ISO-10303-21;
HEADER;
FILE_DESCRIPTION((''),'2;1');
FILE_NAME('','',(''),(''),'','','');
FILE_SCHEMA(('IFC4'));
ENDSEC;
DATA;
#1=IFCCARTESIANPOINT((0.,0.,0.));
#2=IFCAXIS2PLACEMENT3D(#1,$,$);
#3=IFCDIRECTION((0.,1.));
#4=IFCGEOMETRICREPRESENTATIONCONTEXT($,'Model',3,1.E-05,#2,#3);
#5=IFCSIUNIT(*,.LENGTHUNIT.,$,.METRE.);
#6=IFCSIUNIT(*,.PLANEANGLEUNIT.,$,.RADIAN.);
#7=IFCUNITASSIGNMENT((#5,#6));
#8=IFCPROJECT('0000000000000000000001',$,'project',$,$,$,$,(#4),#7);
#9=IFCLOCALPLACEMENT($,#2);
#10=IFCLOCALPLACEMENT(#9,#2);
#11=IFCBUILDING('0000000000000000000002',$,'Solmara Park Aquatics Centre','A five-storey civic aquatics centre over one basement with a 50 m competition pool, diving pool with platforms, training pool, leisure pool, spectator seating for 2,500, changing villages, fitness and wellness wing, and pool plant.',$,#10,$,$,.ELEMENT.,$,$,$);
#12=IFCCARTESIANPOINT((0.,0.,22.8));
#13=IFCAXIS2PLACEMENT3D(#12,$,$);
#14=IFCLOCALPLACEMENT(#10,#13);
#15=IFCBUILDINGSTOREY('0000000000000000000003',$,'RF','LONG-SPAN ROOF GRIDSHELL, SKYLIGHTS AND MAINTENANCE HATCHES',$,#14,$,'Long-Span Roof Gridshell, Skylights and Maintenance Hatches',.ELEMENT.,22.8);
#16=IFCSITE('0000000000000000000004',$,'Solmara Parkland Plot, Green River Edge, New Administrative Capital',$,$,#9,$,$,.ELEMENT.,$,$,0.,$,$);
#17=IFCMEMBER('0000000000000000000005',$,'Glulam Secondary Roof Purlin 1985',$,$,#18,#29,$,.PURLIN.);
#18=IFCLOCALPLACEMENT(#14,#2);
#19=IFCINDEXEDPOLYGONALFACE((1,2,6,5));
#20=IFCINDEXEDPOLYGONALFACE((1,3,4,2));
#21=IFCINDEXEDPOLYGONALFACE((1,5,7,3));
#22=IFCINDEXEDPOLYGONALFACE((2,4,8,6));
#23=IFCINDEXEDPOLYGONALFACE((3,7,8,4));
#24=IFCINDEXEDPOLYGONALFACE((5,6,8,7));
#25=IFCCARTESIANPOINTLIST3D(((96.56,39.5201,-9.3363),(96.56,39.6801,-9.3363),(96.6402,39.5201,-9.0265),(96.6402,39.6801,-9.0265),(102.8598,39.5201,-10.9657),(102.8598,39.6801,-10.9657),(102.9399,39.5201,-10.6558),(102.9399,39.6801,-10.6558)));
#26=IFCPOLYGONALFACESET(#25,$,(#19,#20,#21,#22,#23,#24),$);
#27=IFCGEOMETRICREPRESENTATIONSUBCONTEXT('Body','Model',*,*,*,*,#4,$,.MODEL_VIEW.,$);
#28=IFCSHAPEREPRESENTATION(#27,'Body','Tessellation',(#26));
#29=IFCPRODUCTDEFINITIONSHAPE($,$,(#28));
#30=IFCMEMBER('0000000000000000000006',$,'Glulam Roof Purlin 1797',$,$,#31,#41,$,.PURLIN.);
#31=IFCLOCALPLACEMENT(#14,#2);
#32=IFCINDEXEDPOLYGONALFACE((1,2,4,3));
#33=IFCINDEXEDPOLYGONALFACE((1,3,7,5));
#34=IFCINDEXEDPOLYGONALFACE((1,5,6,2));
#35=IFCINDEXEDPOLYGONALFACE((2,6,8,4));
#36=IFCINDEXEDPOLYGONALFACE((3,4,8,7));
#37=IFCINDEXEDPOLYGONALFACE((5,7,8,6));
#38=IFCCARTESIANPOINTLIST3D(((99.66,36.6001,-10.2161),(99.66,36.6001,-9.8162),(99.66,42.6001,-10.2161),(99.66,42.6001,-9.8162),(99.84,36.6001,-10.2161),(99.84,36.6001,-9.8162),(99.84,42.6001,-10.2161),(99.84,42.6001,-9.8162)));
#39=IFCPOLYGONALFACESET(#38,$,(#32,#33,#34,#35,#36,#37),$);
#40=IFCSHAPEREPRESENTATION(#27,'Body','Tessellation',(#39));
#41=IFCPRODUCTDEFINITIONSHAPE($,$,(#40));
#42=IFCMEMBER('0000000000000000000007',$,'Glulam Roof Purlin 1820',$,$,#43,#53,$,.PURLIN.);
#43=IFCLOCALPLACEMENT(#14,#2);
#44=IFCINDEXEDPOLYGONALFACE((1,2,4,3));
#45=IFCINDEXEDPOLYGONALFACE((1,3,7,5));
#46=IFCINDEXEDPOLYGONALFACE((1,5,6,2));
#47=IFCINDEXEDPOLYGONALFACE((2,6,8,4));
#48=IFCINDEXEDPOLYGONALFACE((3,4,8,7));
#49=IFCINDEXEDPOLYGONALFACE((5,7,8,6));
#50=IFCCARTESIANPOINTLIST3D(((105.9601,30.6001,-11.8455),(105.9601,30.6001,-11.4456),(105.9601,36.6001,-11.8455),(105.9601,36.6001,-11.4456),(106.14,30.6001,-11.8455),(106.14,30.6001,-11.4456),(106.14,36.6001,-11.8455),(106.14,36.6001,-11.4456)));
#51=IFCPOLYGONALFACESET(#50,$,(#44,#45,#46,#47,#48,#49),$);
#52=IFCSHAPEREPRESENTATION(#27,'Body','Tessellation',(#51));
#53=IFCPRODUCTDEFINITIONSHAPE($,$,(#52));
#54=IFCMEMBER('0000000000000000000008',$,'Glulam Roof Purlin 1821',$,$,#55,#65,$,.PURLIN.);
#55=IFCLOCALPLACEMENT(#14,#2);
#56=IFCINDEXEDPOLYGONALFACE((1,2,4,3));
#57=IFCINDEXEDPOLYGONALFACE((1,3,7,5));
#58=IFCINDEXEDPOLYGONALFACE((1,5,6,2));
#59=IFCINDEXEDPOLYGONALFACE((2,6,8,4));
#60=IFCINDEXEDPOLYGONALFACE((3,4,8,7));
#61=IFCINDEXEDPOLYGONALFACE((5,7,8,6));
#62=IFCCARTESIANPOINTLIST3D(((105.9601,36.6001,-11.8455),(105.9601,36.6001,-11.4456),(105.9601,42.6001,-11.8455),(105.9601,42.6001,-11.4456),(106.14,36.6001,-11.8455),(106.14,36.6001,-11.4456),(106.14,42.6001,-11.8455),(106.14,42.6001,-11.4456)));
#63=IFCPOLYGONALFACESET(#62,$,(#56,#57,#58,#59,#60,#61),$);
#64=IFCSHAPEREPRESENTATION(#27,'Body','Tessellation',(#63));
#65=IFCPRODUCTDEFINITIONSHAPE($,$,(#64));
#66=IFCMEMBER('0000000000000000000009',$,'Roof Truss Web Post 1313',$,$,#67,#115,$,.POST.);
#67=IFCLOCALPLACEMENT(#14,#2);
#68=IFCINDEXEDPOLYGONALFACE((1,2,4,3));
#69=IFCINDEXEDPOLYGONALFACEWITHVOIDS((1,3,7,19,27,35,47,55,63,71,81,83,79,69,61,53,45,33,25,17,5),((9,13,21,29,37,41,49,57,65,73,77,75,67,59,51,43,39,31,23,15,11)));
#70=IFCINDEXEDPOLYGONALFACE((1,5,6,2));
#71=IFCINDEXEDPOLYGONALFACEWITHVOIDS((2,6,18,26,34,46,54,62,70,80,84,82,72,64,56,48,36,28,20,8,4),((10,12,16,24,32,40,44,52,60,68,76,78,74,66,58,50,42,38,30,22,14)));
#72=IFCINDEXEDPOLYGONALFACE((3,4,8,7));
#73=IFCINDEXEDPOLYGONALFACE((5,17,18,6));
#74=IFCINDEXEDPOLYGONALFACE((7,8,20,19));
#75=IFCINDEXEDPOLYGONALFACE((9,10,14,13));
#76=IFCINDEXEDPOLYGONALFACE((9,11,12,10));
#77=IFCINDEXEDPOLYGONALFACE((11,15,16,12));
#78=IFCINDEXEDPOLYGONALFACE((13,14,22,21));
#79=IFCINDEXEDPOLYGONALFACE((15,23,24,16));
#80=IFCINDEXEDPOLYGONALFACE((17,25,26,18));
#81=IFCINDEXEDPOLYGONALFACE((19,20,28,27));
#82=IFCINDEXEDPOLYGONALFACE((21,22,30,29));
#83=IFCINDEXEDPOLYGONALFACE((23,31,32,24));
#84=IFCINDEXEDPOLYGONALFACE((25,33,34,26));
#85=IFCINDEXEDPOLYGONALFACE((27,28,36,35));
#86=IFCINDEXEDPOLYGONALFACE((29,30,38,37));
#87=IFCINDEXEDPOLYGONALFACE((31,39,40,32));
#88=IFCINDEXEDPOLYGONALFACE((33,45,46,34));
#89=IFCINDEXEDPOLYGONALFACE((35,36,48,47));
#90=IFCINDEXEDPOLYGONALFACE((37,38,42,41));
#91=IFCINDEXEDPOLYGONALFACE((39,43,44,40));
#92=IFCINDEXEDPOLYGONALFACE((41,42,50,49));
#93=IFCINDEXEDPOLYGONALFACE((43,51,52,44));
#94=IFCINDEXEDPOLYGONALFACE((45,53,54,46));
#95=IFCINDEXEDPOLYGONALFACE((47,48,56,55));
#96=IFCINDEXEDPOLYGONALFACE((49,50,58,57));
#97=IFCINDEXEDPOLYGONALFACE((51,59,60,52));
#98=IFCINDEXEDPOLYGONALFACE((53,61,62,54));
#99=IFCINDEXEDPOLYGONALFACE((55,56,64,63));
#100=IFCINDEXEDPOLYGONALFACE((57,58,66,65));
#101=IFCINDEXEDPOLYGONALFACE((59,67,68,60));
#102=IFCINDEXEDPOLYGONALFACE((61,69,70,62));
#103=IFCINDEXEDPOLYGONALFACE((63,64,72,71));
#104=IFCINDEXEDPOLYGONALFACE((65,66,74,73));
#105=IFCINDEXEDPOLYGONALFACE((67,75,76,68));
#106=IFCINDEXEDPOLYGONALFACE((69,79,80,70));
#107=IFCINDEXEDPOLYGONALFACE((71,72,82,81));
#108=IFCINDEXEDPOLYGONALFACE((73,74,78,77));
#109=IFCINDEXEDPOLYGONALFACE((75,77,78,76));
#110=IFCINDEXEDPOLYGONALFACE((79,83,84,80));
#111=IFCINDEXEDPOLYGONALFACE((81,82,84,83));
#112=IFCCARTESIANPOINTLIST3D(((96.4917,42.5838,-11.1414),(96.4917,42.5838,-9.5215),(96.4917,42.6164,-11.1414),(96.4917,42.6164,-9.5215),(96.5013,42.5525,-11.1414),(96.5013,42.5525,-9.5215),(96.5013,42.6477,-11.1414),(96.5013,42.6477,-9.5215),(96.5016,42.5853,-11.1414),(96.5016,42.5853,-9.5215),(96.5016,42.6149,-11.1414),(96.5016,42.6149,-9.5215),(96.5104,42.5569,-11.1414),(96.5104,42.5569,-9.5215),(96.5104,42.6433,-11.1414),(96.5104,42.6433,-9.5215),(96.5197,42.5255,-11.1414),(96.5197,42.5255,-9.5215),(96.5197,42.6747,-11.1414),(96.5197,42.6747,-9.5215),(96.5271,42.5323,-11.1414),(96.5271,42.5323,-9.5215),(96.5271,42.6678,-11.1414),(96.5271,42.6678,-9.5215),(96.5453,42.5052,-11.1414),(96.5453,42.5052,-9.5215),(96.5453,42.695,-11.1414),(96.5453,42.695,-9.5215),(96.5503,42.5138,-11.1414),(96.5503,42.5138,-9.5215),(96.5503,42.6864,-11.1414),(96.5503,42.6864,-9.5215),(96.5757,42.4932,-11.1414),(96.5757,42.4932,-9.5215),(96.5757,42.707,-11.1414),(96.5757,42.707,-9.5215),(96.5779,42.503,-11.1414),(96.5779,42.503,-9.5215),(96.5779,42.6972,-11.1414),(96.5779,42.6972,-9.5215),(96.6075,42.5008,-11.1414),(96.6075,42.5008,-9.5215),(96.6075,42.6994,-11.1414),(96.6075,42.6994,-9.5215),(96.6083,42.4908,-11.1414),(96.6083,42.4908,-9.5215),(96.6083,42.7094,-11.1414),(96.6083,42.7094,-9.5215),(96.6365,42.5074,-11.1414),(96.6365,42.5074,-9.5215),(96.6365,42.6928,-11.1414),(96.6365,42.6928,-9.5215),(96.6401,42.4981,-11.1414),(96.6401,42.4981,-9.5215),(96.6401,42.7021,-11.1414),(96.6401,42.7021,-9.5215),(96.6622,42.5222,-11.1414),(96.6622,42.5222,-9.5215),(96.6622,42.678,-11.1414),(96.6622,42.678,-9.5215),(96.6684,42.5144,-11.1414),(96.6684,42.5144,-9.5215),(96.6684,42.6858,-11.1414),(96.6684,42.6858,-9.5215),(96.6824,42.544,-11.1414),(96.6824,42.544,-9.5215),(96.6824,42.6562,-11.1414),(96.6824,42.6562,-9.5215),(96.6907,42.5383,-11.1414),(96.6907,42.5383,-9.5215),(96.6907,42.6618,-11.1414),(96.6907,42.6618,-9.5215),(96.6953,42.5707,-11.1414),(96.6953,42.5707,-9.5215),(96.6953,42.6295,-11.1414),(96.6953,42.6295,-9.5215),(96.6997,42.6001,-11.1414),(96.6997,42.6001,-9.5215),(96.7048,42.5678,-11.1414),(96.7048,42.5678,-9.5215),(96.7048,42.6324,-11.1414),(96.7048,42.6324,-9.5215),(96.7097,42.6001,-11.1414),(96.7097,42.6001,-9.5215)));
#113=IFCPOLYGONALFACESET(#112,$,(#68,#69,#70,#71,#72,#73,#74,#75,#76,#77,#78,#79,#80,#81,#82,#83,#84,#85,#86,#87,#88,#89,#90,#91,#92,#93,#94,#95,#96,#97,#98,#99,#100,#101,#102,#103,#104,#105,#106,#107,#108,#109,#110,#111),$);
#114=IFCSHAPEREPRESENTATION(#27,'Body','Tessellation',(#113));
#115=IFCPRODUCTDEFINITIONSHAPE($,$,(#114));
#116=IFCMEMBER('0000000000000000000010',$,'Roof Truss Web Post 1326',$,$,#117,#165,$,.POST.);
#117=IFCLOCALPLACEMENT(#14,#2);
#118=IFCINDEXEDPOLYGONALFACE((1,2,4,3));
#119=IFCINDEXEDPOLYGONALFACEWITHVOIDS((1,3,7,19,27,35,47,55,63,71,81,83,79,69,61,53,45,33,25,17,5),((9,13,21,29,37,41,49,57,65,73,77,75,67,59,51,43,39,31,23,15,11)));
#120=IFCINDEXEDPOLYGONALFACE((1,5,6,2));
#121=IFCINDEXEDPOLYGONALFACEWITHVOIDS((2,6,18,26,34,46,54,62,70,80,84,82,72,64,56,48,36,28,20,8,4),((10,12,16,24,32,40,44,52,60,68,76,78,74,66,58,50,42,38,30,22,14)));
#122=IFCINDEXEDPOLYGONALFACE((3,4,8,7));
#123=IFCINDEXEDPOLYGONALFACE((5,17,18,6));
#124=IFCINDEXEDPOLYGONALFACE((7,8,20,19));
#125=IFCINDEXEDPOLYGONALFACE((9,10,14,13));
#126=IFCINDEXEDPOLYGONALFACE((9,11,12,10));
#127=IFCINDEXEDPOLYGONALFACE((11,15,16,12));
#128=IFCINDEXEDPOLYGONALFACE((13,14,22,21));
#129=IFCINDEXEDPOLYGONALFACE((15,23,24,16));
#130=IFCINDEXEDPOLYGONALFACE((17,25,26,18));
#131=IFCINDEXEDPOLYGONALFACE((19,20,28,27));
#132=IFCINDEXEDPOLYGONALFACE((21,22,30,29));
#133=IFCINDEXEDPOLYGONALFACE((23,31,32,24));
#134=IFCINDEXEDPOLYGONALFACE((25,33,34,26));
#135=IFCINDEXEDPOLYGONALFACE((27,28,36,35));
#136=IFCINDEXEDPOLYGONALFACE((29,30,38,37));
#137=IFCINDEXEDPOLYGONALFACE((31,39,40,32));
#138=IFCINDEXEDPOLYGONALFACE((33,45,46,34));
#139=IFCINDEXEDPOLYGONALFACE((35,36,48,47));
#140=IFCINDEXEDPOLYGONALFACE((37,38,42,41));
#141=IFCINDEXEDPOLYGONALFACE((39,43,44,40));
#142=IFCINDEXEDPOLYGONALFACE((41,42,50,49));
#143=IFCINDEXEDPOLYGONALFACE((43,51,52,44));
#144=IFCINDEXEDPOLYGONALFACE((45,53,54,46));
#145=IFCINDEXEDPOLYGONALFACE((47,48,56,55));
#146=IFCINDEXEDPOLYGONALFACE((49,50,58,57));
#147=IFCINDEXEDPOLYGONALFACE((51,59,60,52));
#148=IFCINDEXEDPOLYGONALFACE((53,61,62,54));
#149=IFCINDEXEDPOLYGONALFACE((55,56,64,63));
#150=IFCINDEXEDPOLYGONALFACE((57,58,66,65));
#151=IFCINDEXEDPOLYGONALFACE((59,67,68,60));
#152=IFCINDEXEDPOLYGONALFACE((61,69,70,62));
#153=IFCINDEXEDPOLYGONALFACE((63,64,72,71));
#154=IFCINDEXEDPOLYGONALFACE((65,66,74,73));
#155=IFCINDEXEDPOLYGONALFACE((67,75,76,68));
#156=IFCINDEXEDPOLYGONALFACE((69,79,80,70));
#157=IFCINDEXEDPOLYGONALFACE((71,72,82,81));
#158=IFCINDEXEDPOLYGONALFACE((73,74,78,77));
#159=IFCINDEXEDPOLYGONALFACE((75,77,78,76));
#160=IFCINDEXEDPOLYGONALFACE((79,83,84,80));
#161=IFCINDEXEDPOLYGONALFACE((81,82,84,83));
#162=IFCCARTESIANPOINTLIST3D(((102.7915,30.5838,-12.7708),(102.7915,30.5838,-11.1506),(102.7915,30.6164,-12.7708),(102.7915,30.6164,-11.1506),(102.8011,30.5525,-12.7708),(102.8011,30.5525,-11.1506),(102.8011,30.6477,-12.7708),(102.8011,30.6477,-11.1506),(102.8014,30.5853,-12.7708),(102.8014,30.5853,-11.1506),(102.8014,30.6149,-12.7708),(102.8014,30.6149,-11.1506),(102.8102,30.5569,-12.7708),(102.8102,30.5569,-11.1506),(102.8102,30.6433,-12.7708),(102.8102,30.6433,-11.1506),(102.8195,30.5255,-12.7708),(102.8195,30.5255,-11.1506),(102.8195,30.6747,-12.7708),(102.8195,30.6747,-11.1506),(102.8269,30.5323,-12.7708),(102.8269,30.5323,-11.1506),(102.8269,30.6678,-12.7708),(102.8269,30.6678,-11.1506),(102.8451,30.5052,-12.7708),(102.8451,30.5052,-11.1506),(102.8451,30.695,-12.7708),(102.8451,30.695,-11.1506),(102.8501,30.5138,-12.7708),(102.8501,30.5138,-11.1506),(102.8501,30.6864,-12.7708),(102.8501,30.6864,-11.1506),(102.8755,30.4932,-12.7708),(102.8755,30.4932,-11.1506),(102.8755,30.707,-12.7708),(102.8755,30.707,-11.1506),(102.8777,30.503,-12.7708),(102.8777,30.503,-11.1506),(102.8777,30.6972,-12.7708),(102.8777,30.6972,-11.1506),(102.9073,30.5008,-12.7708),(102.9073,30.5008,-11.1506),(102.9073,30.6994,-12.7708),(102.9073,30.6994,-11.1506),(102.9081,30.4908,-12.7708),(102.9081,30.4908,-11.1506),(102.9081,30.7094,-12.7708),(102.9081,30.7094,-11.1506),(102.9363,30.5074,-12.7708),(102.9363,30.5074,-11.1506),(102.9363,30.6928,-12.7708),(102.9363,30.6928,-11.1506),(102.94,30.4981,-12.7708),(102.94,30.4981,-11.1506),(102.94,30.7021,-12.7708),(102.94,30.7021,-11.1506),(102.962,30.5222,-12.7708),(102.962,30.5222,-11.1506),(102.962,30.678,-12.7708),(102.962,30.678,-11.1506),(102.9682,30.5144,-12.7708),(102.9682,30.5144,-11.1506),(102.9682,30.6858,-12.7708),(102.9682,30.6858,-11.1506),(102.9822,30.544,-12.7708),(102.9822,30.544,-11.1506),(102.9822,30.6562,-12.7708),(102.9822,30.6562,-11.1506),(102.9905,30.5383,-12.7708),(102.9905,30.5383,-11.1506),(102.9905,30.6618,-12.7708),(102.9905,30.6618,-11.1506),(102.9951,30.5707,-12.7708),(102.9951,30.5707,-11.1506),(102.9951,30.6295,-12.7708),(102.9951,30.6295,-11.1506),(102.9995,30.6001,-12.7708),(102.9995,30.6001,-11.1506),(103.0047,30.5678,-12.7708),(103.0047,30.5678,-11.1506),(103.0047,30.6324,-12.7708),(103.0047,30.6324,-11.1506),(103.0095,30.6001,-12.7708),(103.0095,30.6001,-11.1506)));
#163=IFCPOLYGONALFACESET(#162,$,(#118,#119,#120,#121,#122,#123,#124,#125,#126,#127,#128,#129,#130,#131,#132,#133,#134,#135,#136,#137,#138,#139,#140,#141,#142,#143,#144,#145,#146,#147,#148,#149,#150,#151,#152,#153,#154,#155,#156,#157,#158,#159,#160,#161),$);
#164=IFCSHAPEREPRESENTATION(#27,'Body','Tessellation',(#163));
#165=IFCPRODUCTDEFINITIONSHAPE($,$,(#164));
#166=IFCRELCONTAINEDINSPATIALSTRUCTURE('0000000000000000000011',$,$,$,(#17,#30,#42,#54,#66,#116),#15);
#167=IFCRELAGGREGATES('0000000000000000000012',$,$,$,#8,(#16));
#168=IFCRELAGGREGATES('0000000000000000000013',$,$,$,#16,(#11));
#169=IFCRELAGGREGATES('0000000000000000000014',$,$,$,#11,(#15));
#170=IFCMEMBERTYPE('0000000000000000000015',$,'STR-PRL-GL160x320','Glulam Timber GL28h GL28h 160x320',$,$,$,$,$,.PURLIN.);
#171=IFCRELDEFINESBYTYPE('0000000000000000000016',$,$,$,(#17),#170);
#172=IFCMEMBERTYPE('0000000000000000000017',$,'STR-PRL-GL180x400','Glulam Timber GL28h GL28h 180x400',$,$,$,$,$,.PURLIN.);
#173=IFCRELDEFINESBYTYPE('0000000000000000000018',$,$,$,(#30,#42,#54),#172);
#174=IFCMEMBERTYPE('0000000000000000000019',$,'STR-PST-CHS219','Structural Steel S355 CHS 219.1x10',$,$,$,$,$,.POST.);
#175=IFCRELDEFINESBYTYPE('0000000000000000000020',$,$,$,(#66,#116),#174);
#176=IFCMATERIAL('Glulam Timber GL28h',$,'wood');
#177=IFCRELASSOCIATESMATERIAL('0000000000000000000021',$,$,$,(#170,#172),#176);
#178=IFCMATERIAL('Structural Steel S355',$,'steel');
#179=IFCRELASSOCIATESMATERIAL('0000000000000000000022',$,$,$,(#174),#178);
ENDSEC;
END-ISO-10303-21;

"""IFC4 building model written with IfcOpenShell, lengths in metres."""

from ifc_helpers import new_model, si_unit, direction, frame, origin, origin_2d, place, context, subcontext, project, spatial, rectangle, hollow_circle, extrude, material, material_profile, profile_set, type_object, element, save


model = new_model("IFC4")

# Units and contexts
model_context = context("Model", 3, precision=1e-05, world=origin(), true_north=direction((0.0, 1.0)))
body_context = subcontext(model_context, "Body", "Model", "MODEL_VIEW")
ifc_project = project(units=[si_unit("LENGTHUNIT", "METRE"), si_unit("PLANEANGLEUNIT", "RADIAN")], contexts=[model_context])

# Site, building, storey
site_placement = place(None, origin())
site = spatial("IfcSite", under=ifc_project, at=site_placement, Name="Solmara Parkland Plot, Green River Edge, New Administrative Capital", CompositionType="ELEMENT", RefElevation=0.0)
building_placement = place(site_placement, origin())
building = spatial("IfcBuilding", under=site, at=building_placement, Name="Solmara Park Aquatics Centre", Description="A five-storey civic aquatics centre over one basement with a 50 m competition pool, diving pool with platforms, training pool, leisure pool, spectator seating for 2,500, changing villages, fitness and wellness wing, and pool plant.", CompositionType="ELEMENT")
storey_placement = place(building_placement, frame((0.0, 0.0, 22.8)))
storey = spatial("IfcBuildingStorey", under=building, at=storey_placement, Name="RF", Description="LONG-SPAN ROOF GRIDSHELL, SKYLIGHTS AND MAINTENANCE HATCHES", LongName="Long-Span Roof Gridshell, Skylights and Maintenance Hatches", CompositionType="ELEMENT", Elevation=22.8)

# Members
ifc_material_1 = material(Name="Structural Steel S355", Category="steel")
ifc_material_2 = material(Name="Glulam Timber GL28h", Category="wood")
ifc_material_profile_1 = material_profile(ifc_material_2, rectangle(XDim=0.1599, YDim=0.3201, at=origin_2d()), Name="GL28h 160x320")
ifc_profile_set_1 = profile_set([ifc_material_profile_1], Name="Glulam Timber GL28h")
member_type_1 = type_object("IfcMemberType", Name="STR-PRL-GL160x320", Description="Glulam Timber GL28h GL28h 160x320", PredefinedType="PURLIN", material=ifc_profile_set_1)
member_1_placement = place(storey_placement, frame((96.6001, 39.6001, -9.1814), z_axis=(0.968142, 0.0, -0.250402), x_axis=(0.0, 1.0, 0.0)))
element("IfcMember", 1, at=member_1_placement, inside=storey, type_object=member_type_1, Name="Glulam Secondary Roof Purlin 1985", PredefinedType="PURLIN", context=body_context, shape_type="SweptSolid", body=[
    extrude(rectangle(XDim=0.1599, YDim=0.3201, at=origin_2d()), origin(), (0.0, 0.0, 1.0), 6.5071),
])
ifc_material_profile_2 = material_profile(ifc_material_2, rectangle(XDim=0.1799, YDim=0.3999, at=origin_2d()), Name="GL28h 180x400")
ifc_profile_set_2 = profile_set([ifc_material_profile_2], Name="Glulam Timber GL28h")
member_type_2 = type_object("IfcMemberType", Name="STR-PRL-GL180x400", Description="Glulam Timber GL28h GL28h 180x400", PredefinedType="PURLIN", material=ifc_profile_set_2)
for number, where, z_axis, x_axis, name in (
    (2, (99.75, 36.6001, -10.0161), (0.0, 1.0, 0.0), (-1.0, 0.0, 0.0), "Glulam Roof Purlin 1797"),
    (3, (106.05, 30.6001, -11.6455), (0.0, 1.0, 0.0), (-1.0, 0.0, 0.0), "Glulam Roof Purlin 1820"),
    (4, (106.05, 36.6001, -11.6455), (0.0, 1.0, 0.0), (-1.0, 0.0, 0.0), "Glulam Roof Purlin 1821"),
):
    element("IfcMember", number, at=place(storey_placement, frame(where, z_axis=z_axis, x_axis=x_axis)), inside=storey, type_object=member_type_2, Name=name, PredefinedType="PURLIN", context=body_context, shape_type="SweptSolid", body=[
        extrude(rectangle(XDim=0.1799, YDim=0.3999, at=origin_2d()), origin(), (0.0, 0.0, 1.0), 6.0),
    ])
ifc_material_profile_3 = material_profile(ifc_material_1, hollow_circle(Radius=0.1096, WallThickness=0.01, at=origin_2d()), Name="CHS 219.1x10")
ifc_profile_set_3 = profile_set([ifc_material_profile_3], Name="Structural Steel S355")
member_type_3 = type_object("IfcMemberType", Name="STR-PST-CHS219", Description="Structural Steel S355 CHS 219.1x10", PredefinedType="POST", material=ifc_profile_set_3)
member_2_placement = place(storey_placement, frame((96.6001, 42.6001, -11.1414), z_axis=(0.0, 0.0, 1.0), x_axis=(1.0, 0.0, 0.0)))
element("IfcMember", 5, at=member_2_placement, inside=storey, type_object=member_type_3, Name="Roof Truss Web Post 1313", PredefinedType="POST", context=body_context, shape_type="SweptSolid", body=[
    extrude(hollow_circle(Radius=0.1096, WallThickness=0.01, at=origin_2d()), origin(), (0.0, 0.0, 1.0), 1.6199),
])
for number, where, z_axis, x_axis, name in (
    (6, (102.8999, 30.6001, -12.7708), (0.0, 0.0, 1.0), (1.0, 0.0, 0.0), "Roof Truss Web Post 1326"),
):
    element("IfcMember", number, at=place(storey_placement, frame(where, z_axis=z_axis, x_axis=x_axis)), inside=storey, type_object=member_type_3, Name=name, PredefinedType="POST", context=body_context, shape_type="SweptSolid", body=[
        extrude(hollow_circle(Radius=0.1096, WallThickness=0.01, at=origin_2d()), origin(), (0.0, 0.0, 1.0), 1.6201),
    ])

save(model, "model.ifc")
